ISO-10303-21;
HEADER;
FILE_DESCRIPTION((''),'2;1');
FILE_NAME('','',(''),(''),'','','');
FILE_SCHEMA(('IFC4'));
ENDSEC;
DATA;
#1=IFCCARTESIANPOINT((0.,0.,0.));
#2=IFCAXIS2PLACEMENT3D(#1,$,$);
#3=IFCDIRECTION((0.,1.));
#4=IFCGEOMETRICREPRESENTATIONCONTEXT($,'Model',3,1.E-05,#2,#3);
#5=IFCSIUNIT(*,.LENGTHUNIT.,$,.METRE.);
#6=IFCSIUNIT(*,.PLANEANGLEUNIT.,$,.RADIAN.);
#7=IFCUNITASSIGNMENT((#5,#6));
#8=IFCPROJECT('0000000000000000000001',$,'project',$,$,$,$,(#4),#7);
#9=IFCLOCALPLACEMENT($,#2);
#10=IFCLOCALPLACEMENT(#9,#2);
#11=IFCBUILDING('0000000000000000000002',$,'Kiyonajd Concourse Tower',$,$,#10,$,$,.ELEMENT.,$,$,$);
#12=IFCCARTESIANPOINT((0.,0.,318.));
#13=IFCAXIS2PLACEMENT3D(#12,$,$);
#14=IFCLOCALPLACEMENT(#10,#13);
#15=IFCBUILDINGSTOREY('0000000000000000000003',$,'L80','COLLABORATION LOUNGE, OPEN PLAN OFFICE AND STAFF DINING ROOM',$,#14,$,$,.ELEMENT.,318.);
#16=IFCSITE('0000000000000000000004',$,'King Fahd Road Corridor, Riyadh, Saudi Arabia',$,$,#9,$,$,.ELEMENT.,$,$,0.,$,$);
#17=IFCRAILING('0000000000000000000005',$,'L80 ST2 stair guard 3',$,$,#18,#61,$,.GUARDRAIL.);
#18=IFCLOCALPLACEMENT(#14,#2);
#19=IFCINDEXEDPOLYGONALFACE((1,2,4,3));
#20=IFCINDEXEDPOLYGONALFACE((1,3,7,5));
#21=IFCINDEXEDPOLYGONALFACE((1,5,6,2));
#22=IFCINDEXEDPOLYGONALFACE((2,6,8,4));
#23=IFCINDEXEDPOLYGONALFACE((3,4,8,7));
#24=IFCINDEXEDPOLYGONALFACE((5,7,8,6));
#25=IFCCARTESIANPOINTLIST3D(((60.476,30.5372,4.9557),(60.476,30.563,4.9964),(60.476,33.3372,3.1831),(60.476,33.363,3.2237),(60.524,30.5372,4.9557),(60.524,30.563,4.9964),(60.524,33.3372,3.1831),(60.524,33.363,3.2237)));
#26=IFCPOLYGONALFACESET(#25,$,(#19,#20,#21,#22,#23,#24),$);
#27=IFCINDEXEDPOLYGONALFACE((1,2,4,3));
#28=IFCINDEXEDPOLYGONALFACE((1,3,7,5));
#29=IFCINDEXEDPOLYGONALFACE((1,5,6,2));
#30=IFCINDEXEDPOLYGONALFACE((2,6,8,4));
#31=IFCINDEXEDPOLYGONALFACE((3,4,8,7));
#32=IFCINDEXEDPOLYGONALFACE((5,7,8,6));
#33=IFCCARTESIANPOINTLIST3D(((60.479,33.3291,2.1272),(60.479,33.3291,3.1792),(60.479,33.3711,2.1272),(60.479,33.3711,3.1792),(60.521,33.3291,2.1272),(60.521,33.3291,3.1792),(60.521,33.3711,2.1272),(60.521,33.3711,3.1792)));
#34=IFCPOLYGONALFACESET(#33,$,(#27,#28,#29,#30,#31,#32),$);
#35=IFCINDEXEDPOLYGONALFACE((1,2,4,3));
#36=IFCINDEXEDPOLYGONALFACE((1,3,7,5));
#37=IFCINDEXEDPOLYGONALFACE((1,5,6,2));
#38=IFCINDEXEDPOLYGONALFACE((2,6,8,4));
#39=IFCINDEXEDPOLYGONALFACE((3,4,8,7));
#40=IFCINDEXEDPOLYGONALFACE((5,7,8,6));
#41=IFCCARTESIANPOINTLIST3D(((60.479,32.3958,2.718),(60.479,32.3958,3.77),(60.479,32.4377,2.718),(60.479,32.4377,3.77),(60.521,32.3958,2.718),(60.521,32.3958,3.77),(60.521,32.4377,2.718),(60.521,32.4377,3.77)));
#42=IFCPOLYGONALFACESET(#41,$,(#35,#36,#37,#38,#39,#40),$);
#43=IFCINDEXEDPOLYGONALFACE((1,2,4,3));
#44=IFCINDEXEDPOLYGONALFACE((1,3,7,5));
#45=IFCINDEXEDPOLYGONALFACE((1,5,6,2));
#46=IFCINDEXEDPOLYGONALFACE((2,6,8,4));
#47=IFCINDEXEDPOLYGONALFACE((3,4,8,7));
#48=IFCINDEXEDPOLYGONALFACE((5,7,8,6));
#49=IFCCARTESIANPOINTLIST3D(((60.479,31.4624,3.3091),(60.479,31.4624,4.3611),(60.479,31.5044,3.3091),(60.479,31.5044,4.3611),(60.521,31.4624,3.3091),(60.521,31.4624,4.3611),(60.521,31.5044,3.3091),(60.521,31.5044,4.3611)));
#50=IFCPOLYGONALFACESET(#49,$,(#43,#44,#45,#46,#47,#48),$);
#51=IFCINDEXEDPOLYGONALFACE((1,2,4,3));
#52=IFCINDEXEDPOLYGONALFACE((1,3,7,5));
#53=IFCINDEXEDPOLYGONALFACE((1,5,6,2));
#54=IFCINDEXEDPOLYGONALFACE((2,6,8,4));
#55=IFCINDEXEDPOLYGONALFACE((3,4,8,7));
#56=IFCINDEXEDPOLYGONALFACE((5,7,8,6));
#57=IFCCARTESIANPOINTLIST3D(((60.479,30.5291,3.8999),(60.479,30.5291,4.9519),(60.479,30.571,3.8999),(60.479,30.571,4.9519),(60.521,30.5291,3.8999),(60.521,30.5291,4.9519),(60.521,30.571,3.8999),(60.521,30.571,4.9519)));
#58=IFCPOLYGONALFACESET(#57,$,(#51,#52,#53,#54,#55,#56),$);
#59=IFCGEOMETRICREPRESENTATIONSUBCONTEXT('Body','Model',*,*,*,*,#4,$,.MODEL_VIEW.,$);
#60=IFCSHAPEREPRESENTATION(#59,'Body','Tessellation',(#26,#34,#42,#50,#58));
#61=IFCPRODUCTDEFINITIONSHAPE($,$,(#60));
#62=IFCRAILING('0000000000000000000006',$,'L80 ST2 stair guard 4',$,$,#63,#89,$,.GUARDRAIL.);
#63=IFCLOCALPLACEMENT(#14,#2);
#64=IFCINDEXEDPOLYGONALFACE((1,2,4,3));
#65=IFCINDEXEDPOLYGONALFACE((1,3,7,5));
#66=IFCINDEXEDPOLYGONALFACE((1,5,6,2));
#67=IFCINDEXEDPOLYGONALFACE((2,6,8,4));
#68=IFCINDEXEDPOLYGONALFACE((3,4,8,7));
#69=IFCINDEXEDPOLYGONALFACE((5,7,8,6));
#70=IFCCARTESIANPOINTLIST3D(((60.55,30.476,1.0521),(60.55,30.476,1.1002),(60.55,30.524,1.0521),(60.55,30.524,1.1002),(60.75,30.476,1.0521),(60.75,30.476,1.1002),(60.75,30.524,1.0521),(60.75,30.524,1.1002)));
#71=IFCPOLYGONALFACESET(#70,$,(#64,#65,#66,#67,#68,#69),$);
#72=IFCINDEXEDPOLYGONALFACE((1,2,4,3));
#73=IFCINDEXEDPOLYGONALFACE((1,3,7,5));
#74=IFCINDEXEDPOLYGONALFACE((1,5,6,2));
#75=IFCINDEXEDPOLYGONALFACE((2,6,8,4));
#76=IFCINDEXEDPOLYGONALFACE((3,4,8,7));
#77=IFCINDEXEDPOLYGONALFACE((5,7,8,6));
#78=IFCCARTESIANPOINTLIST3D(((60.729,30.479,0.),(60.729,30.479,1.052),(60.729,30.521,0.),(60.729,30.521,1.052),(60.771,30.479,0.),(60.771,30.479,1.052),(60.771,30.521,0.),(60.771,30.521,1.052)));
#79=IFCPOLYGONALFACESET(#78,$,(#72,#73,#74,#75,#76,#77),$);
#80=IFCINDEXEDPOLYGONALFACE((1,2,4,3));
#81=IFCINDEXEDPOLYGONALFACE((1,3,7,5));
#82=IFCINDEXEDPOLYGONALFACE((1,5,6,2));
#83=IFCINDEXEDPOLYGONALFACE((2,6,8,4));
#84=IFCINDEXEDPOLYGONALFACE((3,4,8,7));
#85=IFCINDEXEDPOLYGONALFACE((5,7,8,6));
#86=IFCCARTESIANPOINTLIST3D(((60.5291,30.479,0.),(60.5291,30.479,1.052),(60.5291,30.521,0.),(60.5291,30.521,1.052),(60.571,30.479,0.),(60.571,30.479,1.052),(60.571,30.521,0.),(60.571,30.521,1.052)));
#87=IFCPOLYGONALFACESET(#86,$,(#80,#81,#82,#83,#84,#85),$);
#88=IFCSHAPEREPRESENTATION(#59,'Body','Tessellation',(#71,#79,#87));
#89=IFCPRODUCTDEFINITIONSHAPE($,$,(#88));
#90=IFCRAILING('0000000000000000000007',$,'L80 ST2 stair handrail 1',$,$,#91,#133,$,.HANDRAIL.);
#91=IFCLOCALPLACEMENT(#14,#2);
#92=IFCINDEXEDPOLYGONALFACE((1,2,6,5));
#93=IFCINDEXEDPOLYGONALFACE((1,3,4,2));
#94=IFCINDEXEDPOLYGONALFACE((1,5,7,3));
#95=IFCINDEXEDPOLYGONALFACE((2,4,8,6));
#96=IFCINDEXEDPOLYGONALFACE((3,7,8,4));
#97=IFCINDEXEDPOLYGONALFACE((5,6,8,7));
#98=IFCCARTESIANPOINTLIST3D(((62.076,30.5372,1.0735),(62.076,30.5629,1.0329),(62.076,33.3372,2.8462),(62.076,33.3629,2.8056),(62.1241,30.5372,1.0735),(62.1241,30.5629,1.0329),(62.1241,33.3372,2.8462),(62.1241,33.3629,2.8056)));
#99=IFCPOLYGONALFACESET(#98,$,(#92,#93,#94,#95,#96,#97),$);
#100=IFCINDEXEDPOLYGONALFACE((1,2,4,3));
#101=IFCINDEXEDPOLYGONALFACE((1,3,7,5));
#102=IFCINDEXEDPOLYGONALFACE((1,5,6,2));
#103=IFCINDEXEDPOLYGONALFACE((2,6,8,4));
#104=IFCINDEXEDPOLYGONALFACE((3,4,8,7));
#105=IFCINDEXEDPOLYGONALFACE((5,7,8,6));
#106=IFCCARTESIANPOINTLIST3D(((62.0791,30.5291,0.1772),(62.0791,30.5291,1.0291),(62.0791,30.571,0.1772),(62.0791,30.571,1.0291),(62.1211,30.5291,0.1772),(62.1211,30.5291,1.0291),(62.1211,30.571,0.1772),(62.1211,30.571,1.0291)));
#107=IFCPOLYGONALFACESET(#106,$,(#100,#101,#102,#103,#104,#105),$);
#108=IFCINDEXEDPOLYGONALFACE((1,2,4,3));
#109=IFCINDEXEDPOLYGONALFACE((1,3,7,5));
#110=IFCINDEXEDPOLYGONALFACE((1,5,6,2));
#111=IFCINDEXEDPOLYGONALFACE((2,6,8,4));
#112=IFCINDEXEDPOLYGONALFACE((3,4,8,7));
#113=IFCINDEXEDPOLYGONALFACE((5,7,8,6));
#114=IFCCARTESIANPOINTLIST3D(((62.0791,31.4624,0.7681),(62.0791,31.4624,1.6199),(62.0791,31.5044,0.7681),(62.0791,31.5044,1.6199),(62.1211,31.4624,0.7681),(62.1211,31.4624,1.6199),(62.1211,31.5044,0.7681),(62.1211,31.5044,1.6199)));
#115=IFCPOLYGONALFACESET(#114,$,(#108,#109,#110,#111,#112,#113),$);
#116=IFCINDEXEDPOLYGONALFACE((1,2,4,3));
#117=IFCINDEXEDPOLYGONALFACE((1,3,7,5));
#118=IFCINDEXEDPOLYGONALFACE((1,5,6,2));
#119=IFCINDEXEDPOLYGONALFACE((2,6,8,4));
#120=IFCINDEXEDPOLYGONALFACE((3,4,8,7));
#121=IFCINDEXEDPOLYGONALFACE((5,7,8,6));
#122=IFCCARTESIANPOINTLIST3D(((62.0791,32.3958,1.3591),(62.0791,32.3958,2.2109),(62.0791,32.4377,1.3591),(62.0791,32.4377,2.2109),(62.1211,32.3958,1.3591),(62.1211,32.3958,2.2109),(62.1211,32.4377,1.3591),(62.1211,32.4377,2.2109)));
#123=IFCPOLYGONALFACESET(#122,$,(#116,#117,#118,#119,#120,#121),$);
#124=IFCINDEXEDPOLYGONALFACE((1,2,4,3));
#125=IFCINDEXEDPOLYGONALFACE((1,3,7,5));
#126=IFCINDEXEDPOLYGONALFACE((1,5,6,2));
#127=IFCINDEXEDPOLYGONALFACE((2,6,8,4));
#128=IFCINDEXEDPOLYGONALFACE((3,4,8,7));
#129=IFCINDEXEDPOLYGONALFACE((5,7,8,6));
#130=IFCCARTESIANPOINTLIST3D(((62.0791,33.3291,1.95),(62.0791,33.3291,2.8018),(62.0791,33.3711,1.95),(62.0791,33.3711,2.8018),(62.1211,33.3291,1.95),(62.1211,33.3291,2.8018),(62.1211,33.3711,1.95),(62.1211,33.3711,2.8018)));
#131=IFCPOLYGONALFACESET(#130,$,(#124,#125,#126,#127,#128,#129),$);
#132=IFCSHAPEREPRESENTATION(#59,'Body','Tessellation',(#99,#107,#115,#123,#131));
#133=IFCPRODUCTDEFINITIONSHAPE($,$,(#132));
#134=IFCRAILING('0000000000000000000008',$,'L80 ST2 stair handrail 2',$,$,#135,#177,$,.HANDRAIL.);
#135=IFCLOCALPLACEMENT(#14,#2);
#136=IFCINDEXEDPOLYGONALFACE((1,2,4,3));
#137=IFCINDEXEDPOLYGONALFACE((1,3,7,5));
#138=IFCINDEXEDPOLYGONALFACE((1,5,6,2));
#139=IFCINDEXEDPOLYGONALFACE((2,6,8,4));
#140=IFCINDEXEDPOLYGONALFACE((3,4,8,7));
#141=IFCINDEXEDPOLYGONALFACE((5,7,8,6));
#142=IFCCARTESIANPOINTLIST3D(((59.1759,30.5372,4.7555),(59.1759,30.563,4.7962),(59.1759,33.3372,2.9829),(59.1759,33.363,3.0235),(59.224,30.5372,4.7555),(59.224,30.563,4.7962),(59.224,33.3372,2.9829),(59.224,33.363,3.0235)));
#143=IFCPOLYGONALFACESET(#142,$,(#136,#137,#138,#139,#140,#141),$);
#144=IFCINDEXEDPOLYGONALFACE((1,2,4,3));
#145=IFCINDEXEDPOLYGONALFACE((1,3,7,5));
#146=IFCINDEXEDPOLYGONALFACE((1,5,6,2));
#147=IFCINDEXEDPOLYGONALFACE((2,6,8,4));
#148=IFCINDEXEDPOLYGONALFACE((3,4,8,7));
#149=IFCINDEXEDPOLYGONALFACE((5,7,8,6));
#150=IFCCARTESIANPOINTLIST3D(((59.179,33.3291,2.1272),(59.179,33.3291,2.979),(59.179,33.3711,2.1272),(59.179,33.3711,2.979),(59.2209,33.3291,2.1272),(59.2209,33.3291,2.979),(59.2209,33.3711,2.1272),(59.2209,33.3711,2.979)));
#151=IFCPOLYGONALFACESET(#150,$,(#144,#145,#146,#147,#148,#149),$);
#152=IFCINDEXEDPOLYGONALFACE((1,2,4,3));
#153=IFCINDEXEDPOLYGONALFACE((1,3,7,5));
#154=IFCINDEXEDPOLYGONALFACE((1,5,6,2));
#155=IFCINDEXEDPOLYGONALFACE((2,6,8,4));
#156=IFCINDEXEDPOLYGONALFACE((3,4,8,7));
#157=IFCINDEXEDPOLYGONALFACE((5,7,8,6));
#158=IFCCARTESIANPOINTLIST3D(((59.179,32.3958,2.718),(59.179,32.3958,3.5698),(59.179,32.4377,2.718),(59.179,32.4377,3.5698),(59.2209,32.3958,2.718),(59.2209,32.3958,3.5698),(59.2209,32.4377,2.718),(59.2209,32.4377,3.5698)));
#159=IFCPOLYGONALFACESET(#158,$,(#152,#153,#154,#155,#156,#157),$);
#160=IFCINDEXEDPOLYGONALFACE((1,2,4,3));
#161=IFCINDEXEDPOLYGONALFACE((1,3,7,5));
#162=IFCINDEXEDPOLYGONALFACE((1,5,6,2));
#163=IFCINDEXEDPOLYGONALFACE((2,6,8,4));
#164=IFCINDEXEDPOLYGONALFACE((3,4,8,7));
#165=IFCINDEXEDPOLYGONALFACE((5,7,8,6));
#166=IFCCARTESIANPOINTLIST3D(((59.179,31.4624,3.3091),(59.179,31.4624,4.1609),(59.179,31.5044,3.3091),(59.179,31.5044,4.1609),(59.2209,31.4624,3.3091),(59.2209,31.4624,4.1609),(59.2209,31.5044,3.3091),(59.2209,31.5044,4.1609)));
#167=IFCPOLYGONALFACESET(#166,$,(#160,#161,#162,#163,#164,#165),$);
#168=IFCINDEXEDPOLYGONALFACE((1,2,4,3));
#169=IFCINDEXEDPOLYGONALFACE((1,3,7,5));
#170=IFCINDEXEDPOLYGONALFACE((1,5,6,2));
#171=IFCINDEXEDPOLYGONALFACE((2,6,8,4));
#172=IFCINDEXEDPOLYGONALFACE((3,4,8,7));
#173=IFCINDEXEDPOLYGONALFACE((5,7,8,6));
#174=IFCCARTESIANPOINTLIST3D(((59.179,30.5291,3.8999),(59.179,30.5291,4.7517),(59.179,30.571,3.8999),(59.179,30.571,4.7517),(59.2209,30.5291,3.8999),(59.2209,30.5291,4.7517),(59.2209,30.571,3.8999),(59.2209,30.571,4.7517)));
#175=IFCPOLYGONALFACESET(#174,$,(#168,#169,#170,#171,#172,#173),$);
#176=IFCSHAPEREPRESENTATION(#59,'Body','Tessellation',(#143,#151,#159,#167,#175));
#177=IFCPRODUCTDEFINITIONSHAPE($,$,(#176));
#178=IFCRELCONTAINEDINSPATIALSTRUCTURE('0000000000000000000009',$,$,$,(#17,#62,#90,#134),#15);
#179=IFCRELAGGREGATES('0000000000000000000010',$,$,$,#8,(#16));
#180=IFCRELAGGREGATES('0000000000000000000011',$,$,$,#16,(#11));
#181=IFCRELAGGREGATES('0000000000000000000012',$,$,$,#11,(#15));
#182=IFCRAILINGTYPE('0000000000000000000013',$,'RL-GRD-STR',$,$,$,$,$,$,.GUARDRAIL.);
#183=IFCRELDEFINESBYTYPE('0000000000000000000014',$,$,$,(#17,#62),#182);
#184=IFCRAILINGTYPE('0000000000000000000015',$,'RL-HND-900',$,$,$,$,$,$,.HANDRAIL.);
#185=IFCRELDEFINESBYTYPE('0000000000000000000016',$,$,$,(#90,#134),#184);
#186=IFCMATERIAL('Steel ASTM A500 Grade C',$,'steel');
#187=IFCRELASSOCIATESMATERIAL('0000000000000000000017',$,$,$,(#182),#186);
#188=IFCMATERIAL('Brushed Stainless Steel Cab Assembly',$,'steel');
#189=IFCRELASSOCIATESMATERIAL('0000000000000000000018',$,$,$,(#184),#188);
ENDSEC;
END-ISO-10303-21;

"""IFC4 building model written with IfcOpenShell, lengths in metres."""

from ifc_helpers import new_model, si_unit, direction, frame, origin, origin_2d, place, context, subcontext, project, spatial, rectangle, extrude, material, type_object, element, save


model = new_model("IFC4")

# Units and contexts
model_context = context("Model", 3, precision=1e-05, world=origin(), true_north=direction((0.0, 1.0)))
body_context = subcontext(model_context, "Body", "Model", "MODEL_VIEW")
ifc_project = project(units=[si_unit("LENGTHUNIT", "METRE"), si_unit("PLANEANGLEUNIT", "RADIAN")], contexts=[model_context])

# Site, building, storey
site_placement = place(None, origin())
site = spatial("IfcSite", under=ifc_project, at=site_placement, Name="King Fahd Road Corridor, Riyadh, Saudi Arabia", CompositionType="ELEMENT", RefElevation=0.0)
building_placement = place(site_placement, origin())
building = spatial("IfcBuilding", under=site, at=building_placement, Name="Kiyonajd Concourse Tower", CompositionType="ELEMENT")
storey_placement = place(building_placement, frame((0.0, 0.0, 318.0)))
storey = spatial("IfcBuildingStorey", under=building, at=storey_placement, Name="L80", Description="COLLABORATION LOUNGE, OPEN PLAN OFFICE AND STAFF DINING ROOM", CompositionType="ELEMENT", Elevation=318.0)

# Railings
ifc_material_1 = material(Name="Steel ASTM A500 Grade C", Category="steel")
railing_type_1 = type_object("IfcRailingType", Name="RL-GRD-STR", PredefinedType="GUARDRAIL", material=ifc_material_1)
railing_1_placement = place(storey_placement, frame((60.5, 33.3501, 2.1272)))
element("IfcRailing", 1, at=railing_1_placement, inside=storey, type_object=railing_type_1, Name="L80 ST2 stair guard 3", PredefinedType="GUARDRAIL", context=body_context, shape_type="SweptSolid", body=[
    extrude(rectangle(XDim=0.0481, YDim=0.0481, at=origin_2d()), frame((0.0, 0.0, 1.0762), z_axis=(0.0, -0.844909, 0.53491), x_axis=(1.0, 0.0, 0.0)), (0.0, 0.0, 1.0), 3.314),
    extrude(rectangle(XDim=0.042, YDim=0.042, at=origin_2d()), origin(), (0.0, 0.0, 1.0), 1.052),
    extrude(rectangle(XDim=0.042, YDim=0.042, at=origin_2d()), frame((0.0, -0.9333, 0.5908)), (0.0, 0.0, 1.0), 1.052),
    extrude(rectangle(XDim=0.042, YDim=0.042, at=origin_2d()), frame((0.0, -1.8667, 1.1819)), (0.0, 0.0, 1.0), 1.052),
    extrude(rectangle(XDim=0.042, YDim=0.042, at=origin_2d()), frame((0.0, -2.8, 1.7727)), (0.0, 0.0, 1.0), 1.052),
])
railing_2_placement = place(storey_placement, frame((60.75, 30.5, 0.0)))
element("IfcRailing", 2, at=railing_2_placement, inside=storey, type_object=railing_type_1, Name="L80 ST2 stair guard 4", PredefinedType="GUARDRAIL", context=body_context, shape_type="SweptSolid", body=[
    extrude(rectangle(XDim=0.0481, YDim=0.0481, at=origin_2d()), frame((0.0, 0.0, 1.0762), z_axis=(-1.0, 0.0, 0.0), x_axis=(0.0, -1.0, 0.0)), (0.0, 0.0, 1.0), 0.2),
    extrude(rectangle(XDim=0.042, YDim=0.042, at=origin_2d()), origin(), (0.0, 0.0, 1.0), 1.052),
    extrude(rectangle(XDim=0.042, YDim=0.042, at=origin_2d()), frame((-0.2, 0.0, 0.0)), (0.0, 0.0, 1.0), 1.052),
])
ifc_material_2 = material(Name="Brushed Stainless Steel Cab Assembly", Category="steel")
railing_type_2 = type_object("IfcRailingType", Name="RL-HND-900", PredefinedType="HANDRAIL", material=ifc_material_2)
railing_3_placement = place(storey_placement, frame((62.1001, 30.55, 0.1772)))
element("IfcRailing", 3, at=railing_3_placement, inside=storey, type_object=railing_type_2, Name="L80 ST2 stair handrail 1", PredefinedType="HANDRAIL", context=body_context, shape_type="SweptSolid", body=[
    extrude(rectangle(XDim=0.0481, YDim=0.0481, at=origin_2d()), frame((0.0, 0.0, 0.876), z_axis=(0.0, 0.844909, 0.53491), x_axis=(-1.0, 0.0, 0.0)), (0.0, 0.0, 1.0), 3.314),
    extrude(rectangle(XDim=0.042, YDim=0.042, at=origin_2d()), origin(), (0.0, 0.0, 1.0), 0.8518),
    extrude(rectangle(XDim=0.042, YDim=0.042, at=origin_2d()), frame((0.0, 0.9333, 0.5908)), (0.0, 0.0, 1.0), 0.8518),
    extrude(rectangle(XDim=0.042, YDim=0.042, at=origin_2d()), frame((0.0, 1.8667, 1.1819)), (0.0, 0.0, 1.0), 0.8518),
    extrude(rectangle(XDim=0.042, YDim=0.042, at=origin_2d()), frame((0.0, 2.8, 1.7727)), (0.0, 0.0, 1.0), 0.8518),
])
railing_4_placement = place(storey_placement, frame((59.2, 33.3501, 2.1272)))
element("IfcRailing", 4, at=railing_4_placement, inside=storey, type_object=railing_type_2, Name="L80 ST2 stair handrail 2", PredefinedType="HANDRAIL", context=body_context, shape_type="SweptSolid", body=[
    extrude(rectangle(XDim=0.0481, YDim=0.0481, at=origin_2d()), frame((0.0, 0.0, 0.876), z_axis=(0.0, -0.844909, 0.53491), x_axis=(1.0, 0.0, 0.0)), (0.0, 0.0, 1.0), 3.314),
    extrude(rectangle(XDim=0.042, YDim=0.042, at=origin_2d()), origin(), (0.0, 0.0, 1.0), 0.8518),
    extrude(rectangle(XDim=0.042, YDim=0.042, at=origin_2d()), frame((0.0, -0.9333, 0.5908)), (0.0, 0.0, 1.0), 0.8518),
    extrude(rectangle(XDim=0.042, YDim=0.042, at=origin_2d()), frame((0.0, -1.8667, 1.1819)), (0.0, 0.0, 1.0), 0.8518),
    extrude(rectangle(XDim=0.042, YDim=0.042, at=origin_2d()), frame((0.0, -2.8, 1.7727)), (0.0, 0.0, 1.0), 0.8518),
])

save(model, "model.ifc")
